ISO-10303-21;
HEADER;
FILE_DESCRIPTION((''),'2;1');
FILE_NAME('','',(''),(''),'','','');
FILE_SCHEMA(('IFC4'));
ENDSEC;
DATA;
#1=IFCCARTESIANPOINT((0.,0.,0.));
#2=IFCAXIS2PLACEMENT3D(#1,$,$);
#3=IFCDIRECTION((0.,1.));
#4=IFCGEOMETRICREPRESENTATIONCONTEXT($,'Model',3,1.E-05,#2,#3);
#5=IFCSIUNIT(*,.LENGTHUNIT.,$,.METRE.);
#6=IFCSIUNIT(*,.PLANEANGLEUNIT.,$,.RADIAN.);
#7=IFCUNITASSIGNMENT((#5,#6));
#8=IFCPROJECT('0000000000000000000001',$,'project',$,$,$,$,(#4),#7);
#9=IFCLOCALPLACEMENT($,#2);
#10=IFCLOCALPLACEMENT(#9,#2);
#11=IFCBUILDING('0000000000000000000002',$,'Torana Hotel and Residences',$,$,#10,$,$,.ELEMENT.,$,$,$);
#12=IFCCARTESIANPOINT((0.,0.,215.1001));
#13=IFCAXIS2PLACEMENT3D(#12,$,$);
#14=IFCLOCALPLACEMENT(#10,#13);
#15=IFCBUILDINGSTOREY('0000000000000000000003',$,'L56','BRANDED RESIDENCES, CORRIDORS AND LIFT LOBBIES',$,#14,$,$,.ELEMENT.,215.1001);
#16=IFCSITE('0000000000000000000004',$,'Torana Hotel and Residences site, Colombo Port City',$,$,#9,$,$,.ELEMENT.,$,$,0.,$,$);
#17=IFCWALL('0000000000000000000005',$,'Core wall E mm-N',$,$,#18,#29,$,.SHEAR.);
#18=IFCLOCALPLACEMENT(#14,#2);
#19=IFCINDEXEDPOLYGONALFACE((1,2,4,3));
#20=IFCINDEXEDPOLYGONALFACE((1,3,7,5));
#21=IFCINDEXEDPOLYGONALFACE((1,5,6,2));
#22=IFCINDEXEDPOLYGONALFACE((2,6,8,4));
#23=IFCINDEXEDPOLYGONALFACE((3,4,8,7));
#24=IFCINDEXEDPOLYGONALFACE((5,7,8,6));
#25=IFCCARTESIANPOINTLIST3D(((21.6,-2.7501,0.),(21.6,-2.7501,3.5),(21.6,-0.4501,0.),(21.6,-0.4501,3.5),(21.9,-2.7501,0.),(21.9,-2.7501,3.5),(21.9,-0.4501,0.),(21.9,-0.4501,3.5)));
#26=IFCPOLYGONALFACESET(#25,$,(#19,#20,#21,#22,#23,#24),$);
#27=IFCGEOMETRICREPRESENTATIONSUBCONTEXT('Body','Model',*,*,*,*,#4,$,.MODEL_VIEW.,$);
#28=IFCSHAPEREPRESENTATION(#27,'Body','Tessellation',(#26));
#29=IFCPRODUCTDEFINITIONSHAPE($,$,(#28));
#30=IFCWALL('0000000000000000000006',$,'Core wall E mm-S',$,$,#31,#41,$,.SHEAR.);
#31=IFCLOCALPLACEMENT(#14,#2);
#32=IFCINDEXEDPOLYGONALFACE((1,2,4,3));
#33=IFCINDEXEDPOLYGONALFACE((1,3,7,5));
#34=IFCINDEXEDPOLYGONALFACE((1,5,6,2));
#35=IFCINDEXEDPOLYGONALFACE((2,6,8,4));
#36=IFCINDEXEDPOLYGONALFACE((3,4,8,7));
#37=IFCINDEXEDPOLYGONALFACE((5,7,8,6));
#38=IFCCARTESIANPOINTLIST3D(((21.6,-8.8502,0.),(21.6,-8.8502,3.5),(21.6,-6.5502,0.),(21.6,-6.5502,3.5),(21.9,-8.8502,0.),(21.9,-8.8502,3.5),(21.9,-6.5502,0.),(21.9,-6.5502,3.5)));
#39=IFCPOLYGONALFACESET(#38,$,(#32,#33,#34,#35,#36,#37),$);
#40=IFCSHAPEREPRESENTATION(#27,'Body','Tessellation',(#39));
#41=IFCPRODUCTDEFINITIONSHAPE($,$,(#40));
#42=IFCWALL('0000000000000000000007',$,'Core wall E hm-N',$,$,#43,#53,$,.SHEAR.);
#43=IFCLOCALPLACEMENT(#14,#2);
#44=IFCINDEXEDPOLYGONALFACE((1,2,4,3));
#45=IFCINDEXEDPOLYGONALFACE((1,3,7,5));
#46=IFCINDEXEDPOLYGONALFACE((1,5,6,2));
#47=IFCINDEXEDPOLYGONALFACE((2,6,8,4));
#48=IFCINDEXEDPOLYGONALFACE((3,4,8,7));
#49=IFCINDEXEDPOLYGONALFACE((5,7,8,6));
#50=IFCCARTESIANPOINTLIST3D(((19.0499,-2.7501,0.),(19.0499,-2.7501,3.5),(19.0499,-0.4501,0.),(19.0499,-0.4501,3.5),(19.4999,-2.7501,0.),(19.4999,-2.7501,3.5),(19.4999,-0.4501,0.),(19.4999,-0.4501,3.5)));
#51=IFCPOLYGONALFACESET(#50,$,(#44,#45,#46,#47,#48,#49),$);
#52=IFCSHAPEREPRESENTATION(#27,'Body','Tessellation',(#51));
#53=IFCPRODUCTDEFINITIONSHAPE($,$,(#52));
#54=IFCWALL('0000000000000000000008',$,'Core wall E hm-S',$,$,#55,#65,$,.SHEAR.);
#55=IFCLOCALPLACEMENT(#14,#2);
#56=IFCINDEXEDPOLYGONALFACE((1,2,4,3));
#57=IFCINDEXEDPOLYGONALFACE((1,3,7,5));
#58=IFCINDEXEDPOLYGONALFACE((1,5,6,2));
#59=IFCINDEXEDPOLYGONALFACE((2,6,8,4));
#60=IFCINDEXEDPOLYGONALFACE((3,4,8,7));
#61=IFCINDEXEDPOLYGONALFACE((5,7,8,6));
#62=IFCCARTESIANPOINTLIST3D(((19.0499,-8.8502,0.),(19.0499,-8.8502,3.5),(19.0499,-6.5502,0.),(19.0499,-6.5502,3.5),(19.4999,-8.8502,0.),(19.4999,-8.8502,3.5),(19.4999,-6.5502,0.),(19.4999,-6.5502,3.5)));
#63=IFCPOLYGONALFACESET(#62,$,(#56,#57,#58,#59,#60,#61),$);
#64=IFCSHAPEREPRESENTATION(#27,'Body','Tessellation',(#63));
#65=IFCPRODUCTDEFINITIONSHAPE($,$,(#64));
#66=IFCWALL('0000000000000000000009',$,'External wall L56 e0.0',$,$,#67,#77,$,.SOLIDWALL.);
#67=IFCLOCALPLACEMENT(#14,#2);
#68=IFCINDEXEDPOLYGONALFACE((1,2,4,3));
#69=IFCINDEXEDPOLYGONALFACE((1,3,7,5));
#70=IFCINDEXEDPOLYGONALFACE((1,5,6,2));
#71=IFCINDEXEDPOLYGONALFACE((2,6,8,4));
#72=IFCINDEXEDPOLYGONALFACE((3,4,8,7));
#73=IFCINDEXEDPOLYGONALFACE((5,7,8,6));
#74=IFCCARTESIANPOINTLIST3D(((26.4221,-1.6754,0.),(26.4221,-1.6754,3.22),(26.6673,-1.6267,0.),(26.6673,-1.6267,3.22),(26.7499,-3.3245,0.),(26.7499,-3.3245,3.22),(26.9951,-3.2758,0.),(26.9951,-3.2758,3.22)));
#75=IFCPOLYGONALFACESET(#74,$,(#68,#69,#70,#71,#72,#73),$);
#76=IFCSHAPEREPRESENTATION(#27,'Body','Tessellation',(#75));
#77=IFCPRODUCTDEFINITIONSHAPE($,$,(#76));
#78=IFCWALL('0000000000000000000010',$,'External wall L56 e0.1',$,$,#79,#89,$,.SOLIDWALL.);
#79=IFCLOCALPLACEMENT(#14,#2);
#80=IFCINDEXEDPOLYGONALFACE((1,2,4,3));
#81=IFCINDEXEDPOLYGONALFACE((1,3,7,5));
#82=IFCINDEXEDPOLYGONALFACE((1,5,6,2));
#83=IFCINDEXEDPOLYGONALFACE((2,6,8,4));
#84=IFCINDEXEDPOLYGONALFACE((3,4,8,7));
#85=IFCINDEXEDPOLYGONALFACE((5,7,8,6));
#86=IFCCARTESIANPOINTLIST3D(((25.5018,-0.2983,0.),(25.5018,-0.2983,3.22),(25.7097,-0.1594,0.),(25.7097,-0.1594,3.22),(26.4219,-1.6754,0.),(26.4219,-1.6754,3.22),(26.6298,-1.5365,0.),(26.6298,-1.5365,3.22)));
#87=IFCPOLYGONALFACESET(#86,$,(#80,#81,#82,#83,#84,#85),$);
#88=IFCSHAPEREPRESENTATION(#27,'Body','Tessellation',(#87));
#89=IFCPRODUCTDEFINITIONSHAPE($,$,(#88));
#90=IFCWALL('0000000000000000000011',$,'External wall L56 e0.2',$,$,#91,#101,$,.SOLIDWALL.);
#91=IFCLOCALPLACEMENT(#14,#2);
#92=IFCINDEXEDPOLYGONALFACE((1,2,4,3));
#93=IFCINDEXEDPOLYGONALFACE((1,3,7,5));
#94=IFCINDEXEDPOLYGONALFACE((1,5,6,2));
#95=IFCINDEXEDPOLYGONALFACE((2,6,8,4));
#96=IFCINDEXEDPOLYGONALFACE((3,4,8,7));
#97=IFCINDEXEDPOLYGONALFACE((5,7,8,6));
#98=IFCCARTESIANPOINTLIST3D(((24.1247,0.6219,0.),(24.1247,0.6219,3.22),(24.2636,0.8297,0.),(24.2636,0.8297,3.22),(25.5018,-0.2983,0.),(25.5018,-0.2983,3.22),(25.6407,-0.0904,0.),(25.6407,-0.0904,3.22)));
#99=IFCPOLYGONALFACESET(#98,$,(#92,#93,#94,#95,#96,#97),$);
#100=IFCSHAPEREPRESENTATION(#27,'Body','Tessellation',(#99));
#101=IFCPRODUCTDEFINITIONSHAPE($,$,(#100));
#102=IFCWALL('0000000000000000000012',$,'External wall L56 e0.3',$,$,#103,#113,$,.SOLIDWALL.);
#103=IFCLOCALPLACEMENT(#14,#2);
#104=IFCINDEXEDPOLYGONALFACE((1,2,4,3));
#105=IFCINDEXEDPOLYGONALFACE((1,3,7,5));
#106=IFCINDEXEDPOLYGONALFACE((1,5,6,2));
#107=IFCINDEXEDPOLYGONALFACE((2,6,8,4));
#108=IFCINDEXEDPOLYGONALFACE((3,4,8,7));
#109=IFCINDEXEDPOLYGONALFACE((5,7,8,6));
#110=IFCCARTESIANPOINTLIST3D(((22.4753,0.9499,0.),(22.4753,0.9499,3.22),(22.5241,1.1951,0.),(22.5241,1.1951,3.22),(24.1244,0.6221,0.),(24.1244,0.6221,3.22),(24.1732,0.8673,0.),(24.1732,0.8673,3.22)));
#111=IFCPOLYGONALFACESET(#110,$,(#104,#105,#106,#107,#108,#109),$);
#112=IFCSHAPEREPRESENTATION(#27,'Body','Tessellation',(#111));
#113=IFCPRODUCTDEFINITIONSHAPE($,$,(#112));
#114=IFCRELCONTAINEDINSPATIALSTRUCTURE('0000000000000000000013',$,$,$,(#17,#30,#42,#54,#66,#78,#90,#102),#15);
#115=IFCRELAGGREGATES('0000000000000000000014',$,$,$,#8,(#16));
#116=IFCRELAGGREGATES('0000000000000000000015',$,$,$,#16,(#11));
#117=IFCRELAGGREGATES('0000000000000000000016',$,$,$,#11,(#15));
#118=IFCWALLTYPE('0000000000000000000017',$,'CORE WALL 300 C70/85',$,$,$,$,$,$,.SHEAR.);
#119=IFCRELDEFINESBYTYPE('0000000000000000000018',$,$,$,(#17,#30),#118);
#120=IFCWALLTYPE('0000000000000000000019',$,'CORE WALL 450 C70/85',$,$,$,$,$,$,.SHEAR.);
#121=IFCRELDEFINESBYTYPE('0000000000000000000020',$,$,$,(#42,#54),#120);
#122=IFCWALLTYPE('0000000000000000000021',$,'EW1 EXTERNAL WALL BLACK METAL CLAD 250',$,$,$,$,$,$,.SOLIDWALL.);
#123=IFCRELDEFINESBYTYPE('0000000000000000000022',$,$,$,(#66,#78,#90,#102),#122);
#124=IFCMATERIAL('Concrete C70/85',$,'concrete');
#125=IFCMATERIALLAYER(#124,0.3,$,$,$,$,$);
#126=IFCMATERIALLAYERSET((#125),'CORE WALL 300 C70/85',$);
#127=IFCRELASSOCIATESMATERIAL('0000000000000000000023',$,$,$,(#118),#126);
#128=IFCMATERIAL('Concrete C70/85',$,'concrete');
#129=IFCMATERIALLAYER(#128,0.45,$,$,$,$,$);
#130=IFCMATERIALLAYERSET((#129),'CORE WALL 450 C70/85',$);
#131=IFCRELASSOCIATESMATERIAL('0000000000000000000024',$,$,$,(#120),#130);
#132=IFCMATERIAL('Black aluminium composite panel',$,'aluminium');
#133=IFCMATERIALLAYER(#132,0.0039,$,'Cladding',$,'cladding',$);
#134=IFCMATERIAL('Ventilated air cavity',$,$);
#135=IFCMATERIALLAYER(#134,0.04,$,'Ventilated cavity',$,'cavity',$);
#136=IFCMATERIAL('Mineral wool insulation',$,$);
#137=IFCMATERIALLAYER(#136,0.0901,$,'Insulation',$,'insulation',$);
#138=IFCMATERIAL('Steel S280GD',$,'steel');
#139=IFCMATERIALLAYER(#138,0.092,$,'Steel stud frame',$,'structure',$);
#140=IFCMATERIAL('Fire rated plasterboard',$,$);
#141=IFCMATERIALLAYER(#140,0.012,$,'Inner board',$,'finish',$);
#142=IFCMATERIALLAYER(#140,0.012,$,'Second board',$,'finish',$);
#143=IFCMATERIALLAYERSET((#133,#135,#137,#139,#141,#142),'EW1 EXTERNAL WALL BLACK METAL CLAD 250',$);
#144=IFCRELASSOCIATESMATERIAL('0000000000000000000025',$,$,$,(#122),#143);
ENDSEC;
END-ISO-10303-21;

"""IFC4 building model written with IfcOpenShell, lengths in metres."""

from ifc_helpers import new_model, si_unit, direction, frame, frame_2d, origin, place, context, subcontext, project, spatial, rectangle, extrude, material, layer, layer_set, type_object, element, save


model = new_model("IFC4")

# Units and contexts
model_context = context("Model", 3, precision=1e-05, world=origin(), true_north=direction((0.0, 1.0)))
body_context = subcontext(model_context, "Body", "Model", "MODEL_VIEW")
ifc_project = project(units=[si_unit("LENGTHUNIT", "METRE"), si_unit("PLANEANGLEUNIT", "RADIAN")], contexts=[model_context])

# Site, building, storey
site_placement = place(None, origin())
site = spatial("IfcSite", under=ifc_project, at=site_placement, Name="Torana Hotel and Residences site, Colombo Port City", CompositionType="ELEMENT", RefElevation=0.0)
building_placement = place(site_placement, origin())
building = spatial("IfcBuilding", under=site, at=building_placement, Name="Torana Hotel and Residences", CompositionType="ELEMENT")
storey_placement = place(building_placement, frame((0.0, 0.0, 215.1001)))
storey = spatial("IfcBuildingStorey", under=building, at=storey_placement, Name="L56", Description="BRANDED RESIDENCES, CORRIDORS AND LIFT LOBBIES", CompositionType="ELEMENT", Elevation=215.1001)

# Walls
ifc_material_1 = material(Name="Concrete C70/85", Category="concrete")
ifc_layer_1 = layer(ifc_material_1, 0.3)
ifc_layer_set_1 = layer_set([ifc_layer_1], Name="CORE WALL 300 C70/85")
wall_type_1 = type_object("IfcWallType", Name="CORE WALL 300 C70/85", PredefinedType="SHEAR", material=ifc_layer_set_1)
for number, where, z_axis, x_axis, name in (
    (1, (21.75, -2.75, 0.0), (0.0, 0.0, 1.0), (0.0, 1.0, 0.0), "Core wall E mm-N"),
    (2, (21.75, -8.8501, 0.0), (0.0, 0.0, 1.0), (0.0, 1.0, 0.0), "Core wall E mm-S"),
):
    element("IfcWall", number, at=place(storey_placement, frame(where, z_axis=z_axis, x_axis=x_axis)), inside=storey, type_object=wall_type_1, Name=name, PredefinedType="SHEAR", context=body_context, shape_type="SweptSolid", body=[
        extrude(rectangle(XDim=2.3, YDim=0.3, at=frame_2d((1.1499, 0.0))), origin(), (0.0, 0.0, 1.0), 3.5),
    ])
ifc_material_2 = material(Name="Concrete C70/85", Category="concrete")
ifc_layer_2 = layer(ifc_material_2, 0.45)
ifc_layer_set_2 = layer_set([ifc_layer_2], Name="CORE WALL 450 C70/85")
wall_type_2 = type_object("IfcWallType", Name="CORE WALL 450 C70/85", PredefinedType="SHEAR", material=ifc_layer_set_2)
for number, where, z_axis, x_axis, name in (
    (3, (19.2749, -2.75, 0.0), (0.0, 0.0, 1.0), (0.0, 1.0, 0.0), "Core wall E hm-N"),
    (4, (19.2749, -8.8501, 0.0), (0.0, 0.0, 1.0), (0.0, 1.0, 0.0), "Core wall E hm-S"),
):
    element("IfcWall", number, at=place(storey_placement, frame(where, z_axis=z_axis, x_axis=x_axis)), inside=storey, type_object=wall_type_2, Name=name, PredefinedType="SHEAR", context=body_context, shape_type="SweptSolid", body=[
        extrude(rectangle(XDim=2.3, YDim=0.45, at=frame_2d((1.1499, 0.0))), origin(), (0.0, 0.0, 1.0), 3.5),
    ])
ifc_material_3 = material(Name="Black aluminium composite panel", Category="aluminium")
ifc_layer_3 = layer(ifc_material_3, 0.0039, Name="Cladding", Category="cladding")
ifc_material_4 = material(Name="Ventilated air cavity")
ifc_layer_4 = layer(ifc_material_4, 0.04, Name="Ventilated cavity", Category="cavity")
ifc_material_5 = material(Name="Mineral wool insulation")
ifc_layer_5 = layer(ifc_material_5, 0.0901, Name="Insulation", Category="insulation")
ifc_material_6 = material(Name="Steel S280GD", Category="steel")
ifc_layer_6 = layer(ifc_material_6, 0.092, Name="Steel stud frame", Category="structure")
ifc_material_7 = material(Name="Fire rated plasterboard")
ifc_layer_7 = layer(ifc_material_7, 0.012, Name="Inner board", Category="finish")
ifc_layer_8 = layer(ifc_material_7, 0.012, Name="Second board", Category="finish")
ifc_layer_set_3 = layer_set([ifc_layer_3, ifc_layer_4, ifc_layer_5, ifc_layer_6, ifc_layer_7, ifc_layer_8], Name="EW1 EXTERNAL WALL BLACK METAL CLAD 250")
wall_type_3 = type_object("IfcWallType", Name="EW1 EXTERNAL WALL BLACK METAL CLAD 250", PredefinedType="SOLIDWALL", material=ifc_layer_set_3)
wall_1_placement = place(storey_placement, frame((26.8726, -3.3003, 0.0), z_axis=(0.0, 0.0, 1.0), x_axis=(-0.194999, 0.980803, 0.0)))
element("IfcWall", 5, at=wall_1_placement, inside=storey, type_object=wall_type_3, Name="External wall L56 e0.0", PredefinedType="SOLIDWALL", context=body_context, shape_type="SweptSolid", body=[
    extrude(rectangle(XDim=1.6814, YDim=0.25, at=frame_2d((0.8408, 0.0))), origin(), (0.0, 0.0, 1.0), 3.22),
])
for number, where, z_axis, x_axis, name in (
    (6, (26.5259, -1.606, 0.0), (0.0, 0.0, 1.0), (-0.55555, 0.831483, 0.0), "External wall L56 e0.1"),
    (7, (25.5713, -0.1943, 0.0), (0.0, 0.0, 1.0), (-0.831483, 0.55555, 0.0), "External wall L56 e0.2"),
):
    element("IfcWall", number, at=place(storey_placement, frame(where, z_axis=z_axis, x_axis=x_axis)), inside=storey, type_object=wall_type_3, Name=name, PredefinedType="SOLIDWALL", context=body_context, shape_type="SweptSolid", body=[
        extrude(rectangle(XDim=1.6562, YDim=0.25, at=frame_2d((0.8281, 0.0))), origin(), (0.0, 0.0, 1.0), 3.22),
    ])
wall_2_placement = place(storey_placement, frame((24.1489, 0.7446, 0.0), z_axis=(0.0, 0.0, 1.0), x_axis=(-0.980803, 0.194999, 0.0)))
element("IfcWall", 8, at=wall_2_placement, inside=storey, type_object=wall_type_3, Name="External wall L56 e0.3", PredefinedType="SOLIDWALL", context=body_context, shape_type="SweptSolid", body=[
    extrude(rectangle(XDim=1.6814, YDim=0.25, at=frame_2d((0.8408, 0.0))), origin(), (0.0, 0.0, 1.0), 3.22),
])

save(model, "model.ifc")
